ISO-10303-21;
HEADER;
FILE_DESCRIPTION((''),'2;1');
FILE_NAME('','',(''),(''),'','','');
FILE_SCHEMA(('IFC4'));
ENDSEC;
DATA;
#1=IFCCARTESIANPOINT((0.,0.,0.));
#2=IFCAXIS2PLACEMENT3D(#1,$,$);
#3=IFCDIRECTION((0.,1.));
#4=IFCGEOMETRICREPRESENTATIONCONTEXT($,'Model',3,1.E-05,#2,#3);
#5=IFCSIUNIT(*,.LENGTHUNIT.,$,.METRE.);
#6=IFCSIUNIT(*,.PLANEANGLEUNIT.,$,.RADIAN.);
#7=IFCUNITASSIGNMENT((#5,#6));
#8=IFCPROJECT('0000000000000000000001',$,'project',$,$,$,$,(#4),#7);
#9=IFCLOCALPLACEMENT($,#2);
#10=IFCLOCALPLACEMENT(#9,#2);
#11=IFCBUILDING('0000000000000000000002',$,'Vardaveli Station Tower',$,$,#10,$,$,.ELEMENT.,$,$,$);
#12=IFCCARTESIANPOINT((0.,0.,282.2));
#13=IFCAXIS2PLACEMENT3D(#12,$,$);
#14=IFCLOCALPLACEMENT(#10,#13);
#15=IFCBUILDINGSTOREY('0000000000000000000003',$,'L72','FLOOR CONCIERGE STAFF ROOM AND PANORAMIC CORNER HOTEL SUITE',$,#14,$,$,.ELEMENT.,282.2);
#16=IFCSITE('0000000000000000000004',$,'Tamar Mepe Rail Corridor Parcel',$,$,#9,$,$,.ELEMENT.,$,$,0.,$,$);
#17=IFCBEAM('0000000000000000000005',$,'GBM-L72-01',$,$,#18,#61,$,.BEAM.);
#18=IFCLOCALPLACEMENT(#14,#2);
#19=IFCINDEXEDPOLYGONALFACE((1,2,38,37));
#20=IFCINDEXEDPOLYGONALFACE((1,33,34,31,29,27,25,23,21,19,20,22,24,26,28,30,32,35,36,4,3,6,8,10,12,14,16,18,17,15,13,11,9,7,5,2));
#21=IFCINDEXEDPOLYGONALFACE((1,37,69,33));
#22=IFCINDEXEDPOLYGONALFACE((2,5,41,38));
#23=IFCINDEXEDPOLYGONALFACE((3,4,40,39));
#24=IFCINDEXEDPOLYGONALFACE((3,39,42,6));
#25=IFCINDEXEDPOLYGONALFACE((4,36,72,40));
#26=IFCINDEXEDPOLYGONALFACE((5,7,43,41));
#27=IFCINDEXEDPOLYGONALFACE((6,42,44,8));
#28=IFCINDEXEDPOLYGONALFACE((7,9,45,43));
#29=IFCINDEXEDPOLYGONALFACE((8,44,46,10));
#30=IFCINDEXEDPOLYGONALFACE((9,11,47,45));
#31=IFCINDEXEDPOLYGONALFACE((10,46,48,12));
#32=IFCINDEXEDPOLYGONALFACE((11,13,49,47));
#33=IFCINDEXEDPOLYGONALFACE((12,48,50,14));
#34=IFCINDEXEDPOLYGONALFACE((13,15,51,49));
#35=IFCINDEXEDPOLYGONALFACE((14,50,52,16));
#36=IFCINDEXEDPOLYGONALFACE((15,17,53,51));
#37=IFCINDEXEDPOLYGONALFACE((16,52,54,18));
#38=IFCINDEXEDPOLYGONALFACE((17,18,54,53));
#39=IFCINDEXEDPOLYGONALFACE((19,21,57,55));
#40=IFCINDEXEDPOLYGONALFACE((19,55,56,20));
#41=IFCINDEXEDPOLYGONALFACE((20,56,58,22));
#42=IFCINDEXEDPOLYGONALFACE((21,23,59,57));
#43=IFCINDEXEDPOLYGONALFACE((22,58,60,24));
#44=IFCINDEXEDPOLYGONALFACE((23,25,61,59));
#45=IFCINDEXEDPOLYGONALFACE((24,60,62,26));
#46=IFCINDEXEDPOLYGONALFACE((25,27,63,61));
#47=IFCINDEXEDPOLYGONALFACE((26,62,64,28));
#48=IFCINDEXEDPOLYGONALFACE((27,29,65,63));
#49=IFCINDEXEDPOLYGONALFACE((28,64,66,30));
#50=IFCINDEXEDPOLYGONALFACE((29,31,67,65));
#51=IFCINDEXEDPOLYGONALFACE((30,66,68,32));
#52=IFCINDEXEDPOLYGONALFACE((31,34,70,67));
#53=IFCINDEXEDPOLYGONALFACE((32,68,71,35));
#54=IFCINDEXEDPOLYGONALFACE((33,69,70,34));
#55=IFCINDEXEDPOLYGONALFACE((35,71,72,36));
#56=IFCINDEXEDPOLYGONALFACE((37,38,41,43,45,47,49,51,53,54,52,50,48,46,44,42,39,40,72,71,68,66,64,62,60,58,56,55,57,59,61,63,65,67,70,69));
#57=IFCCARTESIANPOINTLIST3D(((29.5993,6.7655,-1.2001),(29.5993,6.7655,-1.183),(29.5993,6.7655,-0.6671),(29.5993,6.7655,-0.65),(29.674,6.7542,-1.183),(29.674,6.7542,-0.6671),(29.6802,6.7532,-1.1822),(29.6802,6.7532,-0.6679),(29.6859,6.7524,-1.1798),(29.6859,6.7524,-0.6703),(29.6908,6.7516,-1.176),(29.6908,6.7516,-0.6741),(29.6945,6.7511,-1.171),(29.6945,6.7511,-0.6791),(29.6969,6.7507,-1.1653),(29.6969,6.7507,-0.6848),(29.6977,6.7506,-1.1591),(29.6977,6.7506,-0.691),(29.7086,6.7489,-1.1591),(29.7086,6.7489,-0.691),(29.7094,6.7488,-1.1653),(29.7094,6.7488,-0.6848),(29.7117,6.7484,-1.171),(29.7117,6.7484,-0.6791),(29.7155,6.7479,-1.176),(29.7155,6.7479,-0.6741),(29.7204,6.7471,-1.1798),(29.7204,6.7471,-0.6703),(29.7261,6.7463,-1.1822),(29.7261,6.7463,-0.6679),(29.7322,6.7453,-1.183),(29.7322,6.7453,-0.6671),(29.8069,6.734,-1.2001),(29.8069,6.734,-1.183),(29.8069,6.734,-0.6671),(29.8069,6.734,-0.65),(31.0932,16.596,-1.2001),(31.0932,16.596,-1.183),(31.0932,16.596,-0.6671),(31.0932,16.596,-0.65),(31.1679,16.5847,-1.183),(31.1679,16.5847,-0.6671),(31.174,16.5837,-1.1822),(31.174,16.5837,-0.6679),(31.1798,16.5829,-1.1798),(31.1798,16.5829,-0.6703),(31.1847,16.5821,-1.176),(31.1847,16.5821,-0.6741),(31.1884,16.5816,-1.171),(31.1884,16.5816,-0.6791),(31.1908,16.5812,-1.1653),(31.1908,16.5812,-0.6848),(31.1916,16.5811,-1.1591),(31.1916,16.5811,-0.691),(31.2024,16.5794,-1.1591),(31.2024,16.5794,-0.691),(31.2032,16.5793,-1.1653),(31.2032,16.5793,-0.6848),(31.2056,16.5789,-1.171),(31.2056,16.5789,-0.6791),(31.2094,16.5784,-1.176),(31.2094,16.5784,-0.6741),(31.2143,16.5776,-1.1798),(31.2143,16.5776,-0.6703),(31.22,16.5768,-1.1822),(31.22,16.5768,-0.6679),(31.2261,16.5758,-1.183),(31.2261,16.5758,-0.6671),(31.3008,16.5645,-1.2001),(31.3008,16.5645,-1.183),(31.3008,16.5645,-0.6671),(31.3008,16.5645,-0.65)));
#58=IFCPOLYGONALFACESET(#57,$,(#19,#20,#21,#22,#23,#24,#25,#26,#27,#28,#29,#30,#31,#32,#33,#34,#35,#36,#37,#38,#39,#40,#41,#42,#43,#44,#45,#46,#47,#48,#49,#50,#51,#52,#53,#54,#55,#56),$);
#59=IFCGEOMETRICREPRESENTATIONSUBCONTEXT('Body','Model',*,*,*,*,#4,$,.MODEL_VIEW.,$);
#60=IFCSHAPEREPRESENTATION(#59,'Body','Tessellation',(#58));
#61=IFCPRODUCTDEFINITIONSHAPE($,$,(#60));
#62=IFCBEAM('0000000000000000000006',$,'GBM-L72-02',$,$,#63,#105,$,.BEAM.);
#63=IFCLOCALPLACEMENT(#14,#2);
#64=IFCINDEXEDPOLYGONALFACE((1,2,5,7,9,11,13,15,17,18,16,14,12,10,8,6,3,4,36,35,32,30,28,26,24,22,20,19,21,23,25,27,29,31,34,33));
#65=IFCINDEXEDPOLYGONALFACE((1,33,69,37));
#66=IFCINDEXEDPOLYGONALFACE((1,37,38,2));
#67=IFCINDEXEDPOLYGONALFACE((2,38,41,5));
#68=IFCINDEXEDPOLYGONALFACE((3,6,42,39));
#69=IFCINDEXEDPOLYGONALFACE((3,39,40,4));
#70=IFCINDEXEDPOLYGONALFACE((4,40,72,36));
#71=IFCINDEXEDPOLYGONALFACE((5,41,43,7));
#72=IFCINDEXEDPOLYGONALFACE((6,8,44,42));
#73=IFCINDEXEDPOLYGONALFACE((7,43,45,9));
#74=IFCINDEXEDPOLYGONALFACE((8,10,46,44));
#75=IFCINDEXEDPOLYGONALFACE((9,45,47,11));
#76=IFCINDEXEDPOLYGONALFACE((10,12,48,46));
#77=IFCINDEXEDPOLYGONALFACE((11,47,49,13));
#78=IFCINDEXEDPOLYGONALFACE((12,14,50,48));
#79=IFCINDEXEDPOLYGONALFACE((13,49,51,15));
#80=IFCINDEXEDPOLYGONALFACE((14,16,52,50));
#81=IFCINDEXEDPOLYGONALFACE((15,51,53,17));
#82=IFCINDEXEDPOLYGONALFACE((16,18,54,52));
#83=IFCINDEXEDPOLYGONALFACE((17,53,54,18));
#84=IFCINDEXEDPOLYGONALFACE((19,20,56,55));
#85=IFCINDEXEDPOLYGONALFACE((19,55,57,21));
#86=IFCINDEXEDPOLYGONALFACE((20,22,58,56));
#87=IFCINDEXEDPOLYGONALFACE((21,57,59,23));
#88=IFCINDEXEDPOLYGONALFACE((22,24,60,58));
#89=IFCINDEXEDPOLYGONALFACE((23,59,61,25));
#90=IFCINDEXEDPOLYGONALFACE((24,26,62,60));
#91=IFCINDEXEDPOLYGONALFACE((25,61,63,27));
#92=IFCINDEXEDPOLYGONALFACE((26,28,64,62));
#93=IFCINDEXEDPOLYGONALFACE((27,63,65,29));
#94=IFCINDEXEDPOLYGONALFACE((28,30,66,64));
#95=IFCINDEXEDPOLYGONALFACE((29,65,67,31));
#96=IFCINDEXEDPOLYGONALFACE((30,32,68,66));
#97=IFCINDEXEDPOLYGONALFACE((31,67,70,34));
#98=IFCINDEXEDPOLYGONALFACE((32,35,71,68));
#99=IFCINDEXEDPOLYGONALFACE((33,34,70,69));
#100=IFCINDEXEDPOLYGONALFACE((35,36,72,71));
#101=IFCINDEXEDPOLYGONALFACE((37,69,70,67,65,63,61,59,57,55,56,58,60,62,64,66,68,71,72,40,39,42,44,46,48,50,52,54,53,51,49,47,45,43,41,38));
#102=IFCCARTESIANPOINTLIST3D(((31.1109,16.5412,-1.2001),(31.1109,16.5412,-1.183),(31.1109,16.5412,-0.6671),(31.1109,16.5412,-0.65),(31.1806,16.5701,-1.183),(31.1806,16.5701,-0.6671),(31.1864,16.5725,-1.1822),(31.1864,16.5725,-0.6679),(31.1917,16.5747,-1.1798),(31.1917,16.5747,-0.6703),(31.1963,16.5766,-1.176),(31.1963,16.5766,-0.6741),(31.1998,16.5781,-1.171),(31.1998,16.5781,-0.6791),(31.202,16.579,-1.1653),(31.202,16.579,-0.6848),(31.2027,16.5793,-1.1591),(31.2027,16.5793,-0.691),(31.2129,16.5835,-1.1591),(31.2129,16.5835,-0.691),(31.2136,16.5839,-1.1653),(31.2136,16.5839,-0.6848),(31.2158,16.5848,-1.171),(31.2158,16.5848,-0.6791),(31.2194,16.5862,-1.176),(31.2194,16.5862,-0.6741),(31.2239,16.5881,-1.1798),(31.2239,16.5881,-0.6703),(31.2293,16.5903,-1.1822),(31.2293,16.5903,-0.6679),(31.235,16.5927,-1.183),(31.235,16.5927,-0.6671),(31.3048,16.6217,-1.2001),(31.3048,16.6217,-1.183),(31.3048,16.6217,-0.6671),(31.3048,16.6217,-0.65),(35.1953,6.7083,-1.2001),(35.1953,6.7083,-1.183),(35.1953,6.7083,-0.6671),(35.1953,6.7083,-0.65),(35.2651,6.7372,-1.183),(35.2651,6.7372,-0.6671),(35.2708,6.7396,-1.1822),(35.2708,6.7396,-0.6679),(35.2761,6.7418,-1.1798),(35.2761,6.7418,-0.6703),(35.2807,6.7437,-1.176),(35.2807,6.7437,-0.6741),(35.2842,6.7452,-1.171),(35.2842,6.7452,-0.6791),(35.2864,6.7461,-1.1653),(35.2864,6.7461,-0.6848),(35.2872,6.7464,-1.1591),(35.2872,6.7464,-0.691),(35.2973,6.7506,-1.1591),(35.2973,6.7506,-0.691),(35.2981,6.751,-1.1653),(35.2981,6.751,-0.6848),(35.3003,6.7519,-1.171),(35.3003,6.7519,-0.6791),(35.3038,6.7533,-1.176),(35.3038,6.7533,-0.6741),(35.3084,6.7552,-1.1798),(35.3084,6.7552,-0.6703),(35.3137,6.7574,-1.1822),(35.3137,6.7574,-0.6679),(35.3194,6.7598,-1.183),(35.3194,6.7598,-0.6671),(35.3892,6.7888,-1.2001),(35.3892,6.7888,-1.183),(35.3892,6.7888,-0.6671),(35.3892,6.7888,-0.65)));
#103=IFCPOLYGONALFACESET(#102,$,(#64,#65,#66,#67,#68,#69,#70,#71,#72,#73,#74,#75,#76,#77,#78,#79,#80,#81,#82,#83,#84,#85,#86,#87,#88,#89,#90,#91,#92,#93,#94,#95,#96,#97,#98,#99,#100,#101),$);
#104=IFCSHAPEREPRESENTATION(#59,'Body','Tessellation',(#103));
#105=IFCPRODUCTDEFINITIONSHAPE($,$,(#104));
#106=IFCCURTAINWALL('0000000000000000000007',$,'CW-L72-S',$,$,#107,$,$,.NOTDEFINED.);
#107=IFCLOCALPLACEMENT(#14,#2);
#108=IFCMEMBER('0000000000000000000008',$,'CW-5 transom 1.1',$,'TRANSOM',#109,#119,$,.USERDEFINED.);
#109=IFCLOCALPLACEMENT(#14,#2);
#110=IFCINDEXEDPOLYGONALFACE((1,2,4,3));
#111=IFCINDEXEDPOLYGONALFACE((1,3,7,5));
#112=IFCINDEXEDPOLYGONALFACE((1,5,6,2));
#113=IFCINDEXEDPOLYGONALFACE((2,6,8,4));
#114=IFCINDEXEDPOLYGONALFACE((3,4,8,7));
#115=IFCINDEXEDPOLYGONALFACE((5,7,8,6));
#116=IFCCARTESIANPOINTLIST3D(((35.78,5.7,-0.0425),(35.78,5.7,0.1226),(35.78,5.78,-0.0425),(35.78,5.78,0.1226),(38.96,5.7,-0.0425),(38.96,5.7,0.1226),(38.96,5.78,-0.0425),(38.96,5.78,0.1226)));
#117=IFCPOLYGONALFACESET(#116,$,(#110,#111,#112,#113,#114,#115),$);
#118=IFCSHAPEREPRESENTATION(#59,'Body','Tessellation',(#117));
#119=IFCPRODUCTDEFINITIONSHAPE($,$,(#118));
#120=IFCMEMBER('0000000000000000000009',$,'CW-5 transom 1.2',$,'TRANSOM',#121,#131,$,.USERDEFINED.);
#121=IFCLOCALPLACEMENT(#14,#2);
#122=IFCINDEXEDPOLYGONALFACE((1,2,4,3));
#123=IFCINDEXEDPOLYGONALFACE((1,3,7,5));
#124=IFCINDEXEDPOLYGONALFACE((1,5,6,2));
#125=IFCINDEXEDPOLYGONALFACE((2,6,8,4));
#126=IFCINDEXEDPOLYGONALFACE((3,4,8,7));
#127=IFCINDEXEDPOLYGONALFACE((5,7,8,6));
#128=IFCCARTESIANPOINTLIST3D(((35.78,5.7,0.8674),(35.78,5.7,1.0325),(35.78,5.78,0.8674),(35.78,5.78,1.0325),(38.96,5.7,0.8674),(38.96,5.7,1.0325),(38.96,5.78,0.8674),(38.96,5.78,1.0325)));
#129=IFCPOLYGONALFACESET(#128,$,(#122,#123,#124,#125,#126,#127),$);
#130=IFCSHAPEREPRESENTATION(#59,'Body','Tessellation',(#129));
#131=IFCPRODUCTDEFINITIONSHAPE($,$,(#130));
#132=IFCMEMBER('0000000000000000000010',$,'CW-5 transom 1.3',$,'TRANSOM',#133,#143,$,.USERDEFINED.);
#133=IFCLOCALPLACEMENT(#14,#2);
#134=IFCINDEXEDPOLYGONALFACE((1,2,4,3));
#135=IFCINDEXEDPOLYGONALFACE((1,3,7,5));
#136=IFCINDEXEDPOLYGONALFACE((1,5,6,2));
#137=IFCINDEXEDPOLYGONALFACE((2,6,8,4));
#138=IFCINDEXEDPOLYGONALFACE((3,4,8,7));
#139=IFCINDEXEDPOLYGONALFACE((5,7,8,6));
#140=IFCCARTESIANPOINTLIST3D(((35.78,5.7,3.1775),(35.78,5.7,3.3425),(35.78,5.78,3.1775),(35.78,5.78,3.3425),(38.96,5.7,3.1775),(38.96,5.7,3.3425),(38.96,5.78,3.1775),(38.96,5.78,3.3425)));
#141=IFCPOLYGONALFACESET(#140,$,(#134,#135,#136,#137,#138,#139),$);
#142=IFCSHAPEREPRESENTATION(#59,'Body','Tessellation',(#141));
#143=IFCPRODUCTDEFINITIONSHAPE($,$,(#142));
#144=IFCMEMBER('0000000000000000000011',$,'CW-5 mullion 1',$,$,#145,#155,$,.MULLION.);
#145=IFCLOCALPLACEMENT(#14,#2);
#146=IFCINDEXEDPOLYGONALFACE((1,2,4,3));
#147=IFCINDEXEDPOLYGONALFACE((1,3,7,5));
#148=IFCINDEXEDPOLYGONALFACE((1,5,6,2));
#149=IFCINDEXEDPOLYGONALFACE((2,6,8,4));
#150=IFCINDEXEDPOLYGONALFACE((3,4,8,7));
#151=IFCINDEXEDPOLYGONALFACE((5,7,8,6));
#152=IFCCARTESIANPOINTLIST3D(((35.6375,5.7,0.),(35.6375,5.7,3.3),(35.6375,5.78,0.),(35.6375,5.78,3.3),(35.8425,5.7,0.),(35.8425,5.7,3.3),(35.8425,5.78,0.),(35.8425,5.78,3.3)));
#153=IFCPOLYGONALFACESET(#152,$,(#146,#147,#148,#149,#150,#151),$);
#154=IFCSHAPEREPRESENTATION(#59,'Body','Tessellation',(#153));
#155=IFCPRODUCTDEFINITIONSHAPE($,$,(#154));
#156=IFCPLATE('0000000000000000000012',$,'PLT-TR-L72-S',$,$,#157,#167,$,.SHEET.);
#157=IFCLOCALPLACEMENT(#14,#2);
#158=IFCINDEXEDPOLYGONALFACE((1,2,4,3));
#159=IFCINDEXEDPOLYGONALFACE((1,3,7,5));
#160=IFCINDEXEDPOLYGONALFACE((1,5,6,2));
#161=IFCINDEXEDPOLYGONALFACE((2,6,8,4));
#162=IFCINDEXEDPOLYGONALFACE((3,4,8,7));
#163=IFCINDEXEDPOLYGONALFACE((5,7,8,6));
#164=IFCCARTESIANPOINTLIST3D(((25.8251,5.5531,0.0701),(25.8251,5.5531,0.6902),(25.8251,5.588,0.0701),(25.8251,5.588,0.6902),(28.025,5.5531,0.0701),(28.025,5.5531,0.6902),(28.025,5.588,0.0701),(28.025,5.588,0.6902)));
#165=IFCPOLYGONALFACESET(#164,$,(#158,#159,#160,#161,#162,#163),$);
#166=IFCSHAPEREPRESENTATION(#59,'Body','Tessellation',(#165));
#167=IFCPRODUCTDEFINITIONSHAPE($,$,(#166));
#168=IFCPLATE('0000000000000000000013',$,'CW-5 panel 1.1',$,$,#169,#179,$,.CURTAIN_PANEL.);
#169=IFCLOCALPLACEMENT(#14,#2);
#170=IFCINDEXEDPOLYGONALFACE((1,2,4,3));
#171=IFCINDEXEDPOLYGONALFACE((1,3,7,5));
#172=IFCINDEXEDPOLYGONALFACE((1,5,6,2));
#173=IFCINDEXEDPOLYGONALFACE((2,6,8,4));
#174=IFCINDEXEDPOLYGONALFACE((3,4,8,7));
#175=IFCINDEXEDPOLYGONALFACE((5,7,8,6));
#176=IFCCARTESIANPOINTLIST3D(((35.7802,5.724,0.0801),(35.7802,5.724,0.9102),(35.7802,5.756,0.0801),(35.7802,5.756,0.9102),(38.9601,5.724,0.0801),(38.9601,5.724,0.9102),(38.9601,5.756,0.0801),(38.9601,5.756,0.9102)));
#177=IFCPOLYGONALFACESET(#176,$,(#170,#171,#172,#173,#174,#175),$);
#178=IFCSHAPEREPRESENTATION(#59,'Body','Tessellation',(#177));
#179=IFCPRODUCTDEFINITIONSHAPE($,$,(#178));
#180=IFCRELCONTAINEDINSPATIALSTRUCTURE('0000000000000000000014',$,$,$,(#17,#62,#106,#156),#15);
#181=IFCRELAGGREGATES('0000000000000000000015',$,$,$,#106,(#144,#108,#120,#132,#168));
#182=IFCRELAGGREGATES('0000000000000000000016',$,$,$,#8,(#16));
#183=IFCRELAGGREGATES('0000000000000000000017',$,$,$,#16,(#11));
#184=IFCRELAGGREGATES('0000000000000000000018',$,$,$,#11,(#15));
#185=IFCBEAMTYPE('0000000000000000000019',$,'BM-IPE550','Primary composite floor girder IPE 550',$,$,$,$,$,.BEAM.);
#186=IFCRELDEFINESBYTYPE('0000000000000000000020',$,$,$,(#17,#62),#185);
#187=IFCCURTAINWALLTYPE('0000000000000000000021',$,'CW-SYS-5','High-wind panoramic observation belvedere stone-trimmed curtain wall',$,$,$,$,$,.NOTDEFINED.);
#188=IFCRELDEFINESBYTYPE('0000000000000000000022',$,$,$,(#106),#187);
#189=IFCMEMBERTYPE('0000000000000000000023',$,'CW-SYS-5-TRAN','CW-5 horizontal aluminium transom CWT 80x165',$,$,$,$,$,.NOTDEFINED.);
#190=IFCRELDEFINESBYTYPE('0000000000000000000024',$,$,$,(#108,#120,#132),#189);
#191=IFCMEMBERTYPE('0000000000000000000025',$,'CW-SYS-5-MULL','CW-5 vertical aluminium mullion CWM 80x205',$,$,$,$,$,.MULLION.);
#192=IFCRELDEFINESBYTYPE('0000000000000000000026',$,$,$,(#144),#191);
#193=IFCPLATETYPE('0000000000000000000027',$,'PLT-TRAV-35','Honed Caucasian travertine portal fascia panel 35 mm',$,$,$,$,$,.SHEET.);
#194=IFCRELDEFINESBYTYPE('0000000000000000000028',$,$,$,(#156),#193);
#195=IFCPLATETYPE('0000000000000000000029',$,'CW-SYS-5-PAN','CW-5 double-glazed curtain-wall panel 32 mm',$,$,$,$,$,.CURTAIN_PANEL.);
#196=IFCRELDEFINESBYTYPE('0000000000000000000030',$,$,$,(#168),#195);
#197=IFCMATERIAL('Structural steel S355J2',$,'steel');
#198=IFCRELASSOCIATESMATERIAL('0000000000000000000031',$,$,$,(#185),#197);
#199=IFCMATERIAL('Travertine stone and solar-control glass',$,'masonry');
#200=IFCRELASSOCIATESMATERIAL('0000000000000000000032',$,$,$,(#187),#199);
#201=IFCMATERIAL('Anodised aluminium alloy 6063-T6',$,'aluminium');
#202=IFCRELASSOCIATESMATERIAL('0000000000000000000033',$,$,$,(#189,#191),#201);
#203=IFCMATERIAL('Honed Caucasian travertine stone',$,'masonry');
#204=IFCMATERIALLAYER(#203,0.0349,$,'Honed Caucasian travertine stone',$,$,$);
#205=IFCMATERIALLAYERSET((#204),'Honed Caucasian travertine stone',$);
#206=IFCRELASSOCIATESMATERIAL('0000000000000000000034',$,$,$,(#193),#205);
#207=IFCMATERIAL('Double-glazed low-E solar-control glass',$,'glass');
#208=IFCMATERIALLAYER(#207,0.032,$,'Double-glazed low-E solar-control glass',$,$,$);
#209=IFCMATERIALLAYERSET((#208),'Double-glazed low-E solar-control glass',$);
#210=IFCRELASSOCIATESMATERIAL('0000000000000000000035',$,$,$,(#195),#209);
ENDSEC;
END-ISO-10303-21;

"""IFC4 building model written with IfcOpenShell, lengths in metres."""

from ifc_helpers import new_model, si_unit, direction, frame, origin, origin_2d, place, context, subcontext, project, spatial, rectangle, i_section, extrude, source, transform, mapped, material, layer, layer_set, material_profile, profile_set, type_object, element, aggregate, save


model = new_model("IFC4")

# Units and contexts
model_context = context("Model", 3, precision=1e-05, world=origin(), true_north=direction((0.0, 1.0)))
body_context = subcontext(model_context, "Body", "Model", "MODEL_VIEW")
ifc_project = project(units=[si_unit("LENGTHUNIT", "METRE"), si_unit("PLANEANGLEUNIT", "RADIAN")], contexts=[model_context])

# Site, building, storey
site_placement = place(None, origin())
site = spatial("IfcSite", under=ifc_project, at=site_placement, Name="Tamar Mepe Rail Corridor Parcel", CompositionType="ELEMENT", RefElevation=0.0)
building_placement = place(site_placement, origin())
building = spatial("IfcBuilding", under=site, at=building_placement, Name="Vardaveli Station Tower", CompositionType="ELEMENT")
storey_placement = place(building_placement, frame((0.0, 0.0, 282.2)))
storey = spatial("IfcBuildingStorey", under=building, at=storey_placement, Name="L72", Description="FLOOR CONCIERGE STAFF ROOM AND PANORAMIC CORNER HOTEL SUITE", CompositionType="ELEMENT", Elevation=282.2)

# Beams
ifc_material_1 = material(Name="Structural steel S355J2", Category="steel")
ifc_material_profile_1 = material_profile(ifc_material_1, i_section(OverallWidth=0.21, OverallDepth=0.55, WebThickness=0.011, FlangeThickness=0.0171, FilletRadius=0.0239, at=origin_2d()), Name="IPE 550")
ifc_profile_set_1 = profile_set([ifc_material_profile_1], Name="Structural steel S355J2")
beam_type_1 = type_object("IfcBeamType", Name="BM-IPE550", Description="Primary composite floor girder IPE 550", PredefinedType="BEAM", material=ifc_profile_set_1)
shared_shape_1 = source(origin(), body_context, "Body", "SweptSolid", [
    extrude(i_section(OverallWidth=0.21, OverallDepth=0.55, WebThickness=0.011, FlangeThickness=0.0171, FilletRadius=0.0239, at=origin_2d()), origin(), (0.0, 0.0, 1.0), 9.9434),
])
beam_1_placement = place(storey_placement, frame((29.7031, 6.7498, -0.925), z_axis=(0.15024, 0.98865, 0.0), x_axis=(-0.98865, 0.15024, 0.0)))
element("IfcBeam", 1, at=beam_1_placement, inside=storey, type_object=beam_type_1, Name="GBM-L72-01", PredefinedType="BEAM", context=body_context, shape_type="MappedRepresentation", body=[
    mapped(shared_shape_1, transform((0.0, 0.0, 0.0), scale=1.0)),
])
shared_shape_2 = source(origin(), body_context, "Body", "SweptSolid", [
    extrude(i_section(OverallWidth=0.21, OverallDepth=0.55, WebThickness=0.011, FlangeThickness=0.0171, FilletRadius=0.0239, at=origin_2d()), origin(), (0.0, 0.0, 1.0), 10.6475),
])
beam_2_placement = place(storey_placement, frame((35.2922, 6.7485, -0.925), z_axis=(-0.383606, 0.923497, 0.0), x_axis=(-0.923497, -0.383606, 0.0)))
element("IfcBeam", 2, at=beam_2_placement, inside=storey, type_object=beam_type_1, Name="GBM-L72-02", PredefinedType="BEAM", context=body_context, shape_type="MappedRepresentation", body=[
    mapped(shared_shape_2, transform((0.0, 0.0, 0.0), scale=1.0)),
])

# Curtain wall, members
ifc_material_2 = material(Name="Travertine stone and solar-control glass", Category="masonry")
curtain_wall_type = type_object("IfcCurtainWallType", Name="CW-SYS-5", Description="High-wind panoramic observation belvedere stone-trimmed curtain wall", PredefinedType="NOTDEFINED", material=ifc_material_2)
curtain_wall_placement = place(storey_placement, origin())
curtain_wall = element("IfcCurtainWall", 3, at=curtain_wall_placement, inside=storey, type_object=curtain_wall_type, Name="CW-L72-S", PredefinedType="NOTDEFINED")
ifc_material_3 = material(Name="Anodised aluminium alloy 6063-T6", Category="aluminium")
ifc_material_profile_2 = material_profile(ifc_material_3, rectangle(XDim=0.0801, YDim=0.165, at=origin_2d()), Name="CWT 80x165")
ifc_profile_set_2 = profile_set([ifc_material_profile_2], Name="Anodised aluminium alloy 6063-T6")
member_type_1 = type_object("IfcMemberType", Name="CW-SYS-5-TRAN", Description="CW-5 horizontal aluminium transom CWT 80x165", PredefinedType="NOTDEFINED", material=ifc_profile_set_2)
shared_shape_3 = source(origin(), body_context, "Body", "SweptSolid", [
    extrude(rectangle(XDim=0.0801, YDim=0.165, at=origin_2d()), origin(), (0.0, 0.0, 1.0), 3.1799),
])
member_1_placement = place(storey_placement, frame((35.78, 5.74, 0.04), z_axis=(1.0, 0.0, 0.0), x_axis=(0.0, 1.0, 0.0)))
member_1 = element("IfcMember", 4, at=member_1_placement, type_object=member_type_1, Name="CW-5 transom 1.1", ObjectType="TRANSOM", PredefinedType="USERDEFINED", context=body_context, shape_type="MappedRepresentation", body=[
    mapped(shared_shape_3, transform((0.0, 0.0, 0.0), scale=1.0)),
])
member_2_placement = place(storey_placement, frame((35.78, 5.74, 0.95), z_axis=(1.0, 0.0, 0.0), x_axis=(0.0, 1.0, 0.0)))
member_2 = element("IfcMember", 5, at=member_2_placement, type_object=member_type_1, Name="CW-5 transom 1.2", ObjectType="TRANSOM", PredefinedType="USERDEFINED", context=body_context, shape_type="MappedRepresentation", body=[
    mapped(shared_shape_3, transform((0.0, 0.0, 0.0), scale=1.0)),
])
member_3_placement = place(storey_placement, frame((35.78, 5.74, 3.26), z_axis=(1.0, 0.0, 0.0), x_axis=(0.0, 1.0, 0.0)))
member_3 = element("IfcMember", 6, at=member_3_placement, type_object=member_type_1, Name="CW-5 transom 1.3", ObjectType="TRANSOM", PredefinedType="USERDEFINED", context=body_context, shape_type="MappedRepresentation", body=[
    mapped(shared_shape_3, transform((0.0, 0.0, 0.0), scale=1.0)),
])
ifc_material_profile_3 = material_profile(ifc_material_3, rectangle(XDim=0.0801, YDim=0.2051, at=origin_2d()), Name="CWM 80x205")
ifc_profile_set_3 = profile_set([ifc_material_profile_3], Name="Anodised aluminium alloy 6063-T6")
member_type_2 = type_object("IfcMemberType", Name="CW-SYS-5-MULL", Description="CW-5 vertical aluminium mullion CWM 80x205", PredefinedType="MULLION", material=ifc_profile_set_3)
shared_shape_4 = source(origin(), body_context, "Body", "SweptSolid", [
    extrude(rectangle(XDim=0.0801, YDim=0.2051, at=origin_2d()), origin(), (0.0, 0.0, 1.0), 3.3),
])
member_4_placement = place(storey_placement, frame((35.74, 5.74, 0.0), z_axis=(0.0, 0.0, 1.0), x_axis=(0.0, 1.0, 0.0)))
member_4 = element("IfcMember", 7, at=member_4_placement, type_object=member_type_2, Name="CW-5 mullion 1", PredefinedType="MULLION", context=body_context, shape_type="MappedRepresentation", body=[
    mapped(shared_shape_4, transform((0.0, 0.0, 0.0), scale=1.0)),
])

# Plates
ifc_material_4 = material(Name="Honed Caucasian travertine stone", Category="masonry")
ifc_layer_1 = layer(ifc_material_4, 0.0349, Name="Honed Caucasian travertine stone")
ifc_layer_set_1 = layer_set([ifc_layer_1], Name="Honed Caucasian travertine stone")
plate_type_1 = type_object("IfcPlateType", Name="PLT-TRAV-35", Description="Honed Caucasian travertine portal fascia panel 35 mm", PredefinedType="SHEET", material=ifc_layer_set_1)
shared_shape_5 = source(origin(), body_context, "Body", "SweptSolid", [
    extrude(rectangle(XDim=2.2, YDim=0.0349, at=origin_2d()), origin(), (0.0, 0.0, 1.0), 0.6201),
])
plate_1_placement = place(storey_placement, frame((26.925, 5.5706, 0.0701), z_axis=(0.0, 0.0, 1.0), x_axis=(1.0, 0.0, 0.0)))
element("IfcPlate", 8, at=plate_1_placement, inside=storey, type_object=plate_type_1, Name="PLT-TR-L72-S", PredefinedType="SHEET", context=body_context, shape_type="MappedRepresentation", body=[
    mapped(shared_shape_5, transform((0.0, 0.0, 0.0), scale=1.0)),
])
ifc_material_5 = material(Name="Double-glazed low-E solar-control glass", Category="glass")
ifc_layer_2 = layer(ifc_material_5, 0.032, Name="Double-glazed low-E solar-control glass")
ifc_layer_set_2 = layer_set([ifc_layer_2], Name="Double-glazed low-E solar-control glass")
plate_type_2 = type_object("IfcPlateType", Name="CW-SYS-5-PAN", Description="CW-5 double-glazed curtain-wall panel 32 mm", PredefinedType="CURTAIN_PANEL", material=ifc_layer_set_2)
shared_shape_6 = source(origin(), body_context, "Body", "SweptSolid", [
    extrude(rectangle(XDim=3.1799, YDim=0.032, at=origin_2d()), origin(), (0.0, 0.0, 1.0), 0.8301),
])
plate_2_placement = place(storey_placement, frame((37.3701, 5.74, 0.0801), z_axis=(0.0, 0.0, 1.0), x_axis=(1.0, 0.0, 0.0)))
plate_2 = element("IfcPlate", 9, at=plate_2_placement, type_object=plate_type_2, Name="CW-5 panel 1.1", PredefinedType="CURTAIN_PANEL", context=body_context, shape_type="MappedRepresentation", body=[
    mapped(shared_shape_6, transform((0.0, 0.0, 0.0), scale=1.0)),
])
aggregate(curtain_wall, [member_4, member_1, member_2, member_3, plate_2])

save(model, "model.ifc")
